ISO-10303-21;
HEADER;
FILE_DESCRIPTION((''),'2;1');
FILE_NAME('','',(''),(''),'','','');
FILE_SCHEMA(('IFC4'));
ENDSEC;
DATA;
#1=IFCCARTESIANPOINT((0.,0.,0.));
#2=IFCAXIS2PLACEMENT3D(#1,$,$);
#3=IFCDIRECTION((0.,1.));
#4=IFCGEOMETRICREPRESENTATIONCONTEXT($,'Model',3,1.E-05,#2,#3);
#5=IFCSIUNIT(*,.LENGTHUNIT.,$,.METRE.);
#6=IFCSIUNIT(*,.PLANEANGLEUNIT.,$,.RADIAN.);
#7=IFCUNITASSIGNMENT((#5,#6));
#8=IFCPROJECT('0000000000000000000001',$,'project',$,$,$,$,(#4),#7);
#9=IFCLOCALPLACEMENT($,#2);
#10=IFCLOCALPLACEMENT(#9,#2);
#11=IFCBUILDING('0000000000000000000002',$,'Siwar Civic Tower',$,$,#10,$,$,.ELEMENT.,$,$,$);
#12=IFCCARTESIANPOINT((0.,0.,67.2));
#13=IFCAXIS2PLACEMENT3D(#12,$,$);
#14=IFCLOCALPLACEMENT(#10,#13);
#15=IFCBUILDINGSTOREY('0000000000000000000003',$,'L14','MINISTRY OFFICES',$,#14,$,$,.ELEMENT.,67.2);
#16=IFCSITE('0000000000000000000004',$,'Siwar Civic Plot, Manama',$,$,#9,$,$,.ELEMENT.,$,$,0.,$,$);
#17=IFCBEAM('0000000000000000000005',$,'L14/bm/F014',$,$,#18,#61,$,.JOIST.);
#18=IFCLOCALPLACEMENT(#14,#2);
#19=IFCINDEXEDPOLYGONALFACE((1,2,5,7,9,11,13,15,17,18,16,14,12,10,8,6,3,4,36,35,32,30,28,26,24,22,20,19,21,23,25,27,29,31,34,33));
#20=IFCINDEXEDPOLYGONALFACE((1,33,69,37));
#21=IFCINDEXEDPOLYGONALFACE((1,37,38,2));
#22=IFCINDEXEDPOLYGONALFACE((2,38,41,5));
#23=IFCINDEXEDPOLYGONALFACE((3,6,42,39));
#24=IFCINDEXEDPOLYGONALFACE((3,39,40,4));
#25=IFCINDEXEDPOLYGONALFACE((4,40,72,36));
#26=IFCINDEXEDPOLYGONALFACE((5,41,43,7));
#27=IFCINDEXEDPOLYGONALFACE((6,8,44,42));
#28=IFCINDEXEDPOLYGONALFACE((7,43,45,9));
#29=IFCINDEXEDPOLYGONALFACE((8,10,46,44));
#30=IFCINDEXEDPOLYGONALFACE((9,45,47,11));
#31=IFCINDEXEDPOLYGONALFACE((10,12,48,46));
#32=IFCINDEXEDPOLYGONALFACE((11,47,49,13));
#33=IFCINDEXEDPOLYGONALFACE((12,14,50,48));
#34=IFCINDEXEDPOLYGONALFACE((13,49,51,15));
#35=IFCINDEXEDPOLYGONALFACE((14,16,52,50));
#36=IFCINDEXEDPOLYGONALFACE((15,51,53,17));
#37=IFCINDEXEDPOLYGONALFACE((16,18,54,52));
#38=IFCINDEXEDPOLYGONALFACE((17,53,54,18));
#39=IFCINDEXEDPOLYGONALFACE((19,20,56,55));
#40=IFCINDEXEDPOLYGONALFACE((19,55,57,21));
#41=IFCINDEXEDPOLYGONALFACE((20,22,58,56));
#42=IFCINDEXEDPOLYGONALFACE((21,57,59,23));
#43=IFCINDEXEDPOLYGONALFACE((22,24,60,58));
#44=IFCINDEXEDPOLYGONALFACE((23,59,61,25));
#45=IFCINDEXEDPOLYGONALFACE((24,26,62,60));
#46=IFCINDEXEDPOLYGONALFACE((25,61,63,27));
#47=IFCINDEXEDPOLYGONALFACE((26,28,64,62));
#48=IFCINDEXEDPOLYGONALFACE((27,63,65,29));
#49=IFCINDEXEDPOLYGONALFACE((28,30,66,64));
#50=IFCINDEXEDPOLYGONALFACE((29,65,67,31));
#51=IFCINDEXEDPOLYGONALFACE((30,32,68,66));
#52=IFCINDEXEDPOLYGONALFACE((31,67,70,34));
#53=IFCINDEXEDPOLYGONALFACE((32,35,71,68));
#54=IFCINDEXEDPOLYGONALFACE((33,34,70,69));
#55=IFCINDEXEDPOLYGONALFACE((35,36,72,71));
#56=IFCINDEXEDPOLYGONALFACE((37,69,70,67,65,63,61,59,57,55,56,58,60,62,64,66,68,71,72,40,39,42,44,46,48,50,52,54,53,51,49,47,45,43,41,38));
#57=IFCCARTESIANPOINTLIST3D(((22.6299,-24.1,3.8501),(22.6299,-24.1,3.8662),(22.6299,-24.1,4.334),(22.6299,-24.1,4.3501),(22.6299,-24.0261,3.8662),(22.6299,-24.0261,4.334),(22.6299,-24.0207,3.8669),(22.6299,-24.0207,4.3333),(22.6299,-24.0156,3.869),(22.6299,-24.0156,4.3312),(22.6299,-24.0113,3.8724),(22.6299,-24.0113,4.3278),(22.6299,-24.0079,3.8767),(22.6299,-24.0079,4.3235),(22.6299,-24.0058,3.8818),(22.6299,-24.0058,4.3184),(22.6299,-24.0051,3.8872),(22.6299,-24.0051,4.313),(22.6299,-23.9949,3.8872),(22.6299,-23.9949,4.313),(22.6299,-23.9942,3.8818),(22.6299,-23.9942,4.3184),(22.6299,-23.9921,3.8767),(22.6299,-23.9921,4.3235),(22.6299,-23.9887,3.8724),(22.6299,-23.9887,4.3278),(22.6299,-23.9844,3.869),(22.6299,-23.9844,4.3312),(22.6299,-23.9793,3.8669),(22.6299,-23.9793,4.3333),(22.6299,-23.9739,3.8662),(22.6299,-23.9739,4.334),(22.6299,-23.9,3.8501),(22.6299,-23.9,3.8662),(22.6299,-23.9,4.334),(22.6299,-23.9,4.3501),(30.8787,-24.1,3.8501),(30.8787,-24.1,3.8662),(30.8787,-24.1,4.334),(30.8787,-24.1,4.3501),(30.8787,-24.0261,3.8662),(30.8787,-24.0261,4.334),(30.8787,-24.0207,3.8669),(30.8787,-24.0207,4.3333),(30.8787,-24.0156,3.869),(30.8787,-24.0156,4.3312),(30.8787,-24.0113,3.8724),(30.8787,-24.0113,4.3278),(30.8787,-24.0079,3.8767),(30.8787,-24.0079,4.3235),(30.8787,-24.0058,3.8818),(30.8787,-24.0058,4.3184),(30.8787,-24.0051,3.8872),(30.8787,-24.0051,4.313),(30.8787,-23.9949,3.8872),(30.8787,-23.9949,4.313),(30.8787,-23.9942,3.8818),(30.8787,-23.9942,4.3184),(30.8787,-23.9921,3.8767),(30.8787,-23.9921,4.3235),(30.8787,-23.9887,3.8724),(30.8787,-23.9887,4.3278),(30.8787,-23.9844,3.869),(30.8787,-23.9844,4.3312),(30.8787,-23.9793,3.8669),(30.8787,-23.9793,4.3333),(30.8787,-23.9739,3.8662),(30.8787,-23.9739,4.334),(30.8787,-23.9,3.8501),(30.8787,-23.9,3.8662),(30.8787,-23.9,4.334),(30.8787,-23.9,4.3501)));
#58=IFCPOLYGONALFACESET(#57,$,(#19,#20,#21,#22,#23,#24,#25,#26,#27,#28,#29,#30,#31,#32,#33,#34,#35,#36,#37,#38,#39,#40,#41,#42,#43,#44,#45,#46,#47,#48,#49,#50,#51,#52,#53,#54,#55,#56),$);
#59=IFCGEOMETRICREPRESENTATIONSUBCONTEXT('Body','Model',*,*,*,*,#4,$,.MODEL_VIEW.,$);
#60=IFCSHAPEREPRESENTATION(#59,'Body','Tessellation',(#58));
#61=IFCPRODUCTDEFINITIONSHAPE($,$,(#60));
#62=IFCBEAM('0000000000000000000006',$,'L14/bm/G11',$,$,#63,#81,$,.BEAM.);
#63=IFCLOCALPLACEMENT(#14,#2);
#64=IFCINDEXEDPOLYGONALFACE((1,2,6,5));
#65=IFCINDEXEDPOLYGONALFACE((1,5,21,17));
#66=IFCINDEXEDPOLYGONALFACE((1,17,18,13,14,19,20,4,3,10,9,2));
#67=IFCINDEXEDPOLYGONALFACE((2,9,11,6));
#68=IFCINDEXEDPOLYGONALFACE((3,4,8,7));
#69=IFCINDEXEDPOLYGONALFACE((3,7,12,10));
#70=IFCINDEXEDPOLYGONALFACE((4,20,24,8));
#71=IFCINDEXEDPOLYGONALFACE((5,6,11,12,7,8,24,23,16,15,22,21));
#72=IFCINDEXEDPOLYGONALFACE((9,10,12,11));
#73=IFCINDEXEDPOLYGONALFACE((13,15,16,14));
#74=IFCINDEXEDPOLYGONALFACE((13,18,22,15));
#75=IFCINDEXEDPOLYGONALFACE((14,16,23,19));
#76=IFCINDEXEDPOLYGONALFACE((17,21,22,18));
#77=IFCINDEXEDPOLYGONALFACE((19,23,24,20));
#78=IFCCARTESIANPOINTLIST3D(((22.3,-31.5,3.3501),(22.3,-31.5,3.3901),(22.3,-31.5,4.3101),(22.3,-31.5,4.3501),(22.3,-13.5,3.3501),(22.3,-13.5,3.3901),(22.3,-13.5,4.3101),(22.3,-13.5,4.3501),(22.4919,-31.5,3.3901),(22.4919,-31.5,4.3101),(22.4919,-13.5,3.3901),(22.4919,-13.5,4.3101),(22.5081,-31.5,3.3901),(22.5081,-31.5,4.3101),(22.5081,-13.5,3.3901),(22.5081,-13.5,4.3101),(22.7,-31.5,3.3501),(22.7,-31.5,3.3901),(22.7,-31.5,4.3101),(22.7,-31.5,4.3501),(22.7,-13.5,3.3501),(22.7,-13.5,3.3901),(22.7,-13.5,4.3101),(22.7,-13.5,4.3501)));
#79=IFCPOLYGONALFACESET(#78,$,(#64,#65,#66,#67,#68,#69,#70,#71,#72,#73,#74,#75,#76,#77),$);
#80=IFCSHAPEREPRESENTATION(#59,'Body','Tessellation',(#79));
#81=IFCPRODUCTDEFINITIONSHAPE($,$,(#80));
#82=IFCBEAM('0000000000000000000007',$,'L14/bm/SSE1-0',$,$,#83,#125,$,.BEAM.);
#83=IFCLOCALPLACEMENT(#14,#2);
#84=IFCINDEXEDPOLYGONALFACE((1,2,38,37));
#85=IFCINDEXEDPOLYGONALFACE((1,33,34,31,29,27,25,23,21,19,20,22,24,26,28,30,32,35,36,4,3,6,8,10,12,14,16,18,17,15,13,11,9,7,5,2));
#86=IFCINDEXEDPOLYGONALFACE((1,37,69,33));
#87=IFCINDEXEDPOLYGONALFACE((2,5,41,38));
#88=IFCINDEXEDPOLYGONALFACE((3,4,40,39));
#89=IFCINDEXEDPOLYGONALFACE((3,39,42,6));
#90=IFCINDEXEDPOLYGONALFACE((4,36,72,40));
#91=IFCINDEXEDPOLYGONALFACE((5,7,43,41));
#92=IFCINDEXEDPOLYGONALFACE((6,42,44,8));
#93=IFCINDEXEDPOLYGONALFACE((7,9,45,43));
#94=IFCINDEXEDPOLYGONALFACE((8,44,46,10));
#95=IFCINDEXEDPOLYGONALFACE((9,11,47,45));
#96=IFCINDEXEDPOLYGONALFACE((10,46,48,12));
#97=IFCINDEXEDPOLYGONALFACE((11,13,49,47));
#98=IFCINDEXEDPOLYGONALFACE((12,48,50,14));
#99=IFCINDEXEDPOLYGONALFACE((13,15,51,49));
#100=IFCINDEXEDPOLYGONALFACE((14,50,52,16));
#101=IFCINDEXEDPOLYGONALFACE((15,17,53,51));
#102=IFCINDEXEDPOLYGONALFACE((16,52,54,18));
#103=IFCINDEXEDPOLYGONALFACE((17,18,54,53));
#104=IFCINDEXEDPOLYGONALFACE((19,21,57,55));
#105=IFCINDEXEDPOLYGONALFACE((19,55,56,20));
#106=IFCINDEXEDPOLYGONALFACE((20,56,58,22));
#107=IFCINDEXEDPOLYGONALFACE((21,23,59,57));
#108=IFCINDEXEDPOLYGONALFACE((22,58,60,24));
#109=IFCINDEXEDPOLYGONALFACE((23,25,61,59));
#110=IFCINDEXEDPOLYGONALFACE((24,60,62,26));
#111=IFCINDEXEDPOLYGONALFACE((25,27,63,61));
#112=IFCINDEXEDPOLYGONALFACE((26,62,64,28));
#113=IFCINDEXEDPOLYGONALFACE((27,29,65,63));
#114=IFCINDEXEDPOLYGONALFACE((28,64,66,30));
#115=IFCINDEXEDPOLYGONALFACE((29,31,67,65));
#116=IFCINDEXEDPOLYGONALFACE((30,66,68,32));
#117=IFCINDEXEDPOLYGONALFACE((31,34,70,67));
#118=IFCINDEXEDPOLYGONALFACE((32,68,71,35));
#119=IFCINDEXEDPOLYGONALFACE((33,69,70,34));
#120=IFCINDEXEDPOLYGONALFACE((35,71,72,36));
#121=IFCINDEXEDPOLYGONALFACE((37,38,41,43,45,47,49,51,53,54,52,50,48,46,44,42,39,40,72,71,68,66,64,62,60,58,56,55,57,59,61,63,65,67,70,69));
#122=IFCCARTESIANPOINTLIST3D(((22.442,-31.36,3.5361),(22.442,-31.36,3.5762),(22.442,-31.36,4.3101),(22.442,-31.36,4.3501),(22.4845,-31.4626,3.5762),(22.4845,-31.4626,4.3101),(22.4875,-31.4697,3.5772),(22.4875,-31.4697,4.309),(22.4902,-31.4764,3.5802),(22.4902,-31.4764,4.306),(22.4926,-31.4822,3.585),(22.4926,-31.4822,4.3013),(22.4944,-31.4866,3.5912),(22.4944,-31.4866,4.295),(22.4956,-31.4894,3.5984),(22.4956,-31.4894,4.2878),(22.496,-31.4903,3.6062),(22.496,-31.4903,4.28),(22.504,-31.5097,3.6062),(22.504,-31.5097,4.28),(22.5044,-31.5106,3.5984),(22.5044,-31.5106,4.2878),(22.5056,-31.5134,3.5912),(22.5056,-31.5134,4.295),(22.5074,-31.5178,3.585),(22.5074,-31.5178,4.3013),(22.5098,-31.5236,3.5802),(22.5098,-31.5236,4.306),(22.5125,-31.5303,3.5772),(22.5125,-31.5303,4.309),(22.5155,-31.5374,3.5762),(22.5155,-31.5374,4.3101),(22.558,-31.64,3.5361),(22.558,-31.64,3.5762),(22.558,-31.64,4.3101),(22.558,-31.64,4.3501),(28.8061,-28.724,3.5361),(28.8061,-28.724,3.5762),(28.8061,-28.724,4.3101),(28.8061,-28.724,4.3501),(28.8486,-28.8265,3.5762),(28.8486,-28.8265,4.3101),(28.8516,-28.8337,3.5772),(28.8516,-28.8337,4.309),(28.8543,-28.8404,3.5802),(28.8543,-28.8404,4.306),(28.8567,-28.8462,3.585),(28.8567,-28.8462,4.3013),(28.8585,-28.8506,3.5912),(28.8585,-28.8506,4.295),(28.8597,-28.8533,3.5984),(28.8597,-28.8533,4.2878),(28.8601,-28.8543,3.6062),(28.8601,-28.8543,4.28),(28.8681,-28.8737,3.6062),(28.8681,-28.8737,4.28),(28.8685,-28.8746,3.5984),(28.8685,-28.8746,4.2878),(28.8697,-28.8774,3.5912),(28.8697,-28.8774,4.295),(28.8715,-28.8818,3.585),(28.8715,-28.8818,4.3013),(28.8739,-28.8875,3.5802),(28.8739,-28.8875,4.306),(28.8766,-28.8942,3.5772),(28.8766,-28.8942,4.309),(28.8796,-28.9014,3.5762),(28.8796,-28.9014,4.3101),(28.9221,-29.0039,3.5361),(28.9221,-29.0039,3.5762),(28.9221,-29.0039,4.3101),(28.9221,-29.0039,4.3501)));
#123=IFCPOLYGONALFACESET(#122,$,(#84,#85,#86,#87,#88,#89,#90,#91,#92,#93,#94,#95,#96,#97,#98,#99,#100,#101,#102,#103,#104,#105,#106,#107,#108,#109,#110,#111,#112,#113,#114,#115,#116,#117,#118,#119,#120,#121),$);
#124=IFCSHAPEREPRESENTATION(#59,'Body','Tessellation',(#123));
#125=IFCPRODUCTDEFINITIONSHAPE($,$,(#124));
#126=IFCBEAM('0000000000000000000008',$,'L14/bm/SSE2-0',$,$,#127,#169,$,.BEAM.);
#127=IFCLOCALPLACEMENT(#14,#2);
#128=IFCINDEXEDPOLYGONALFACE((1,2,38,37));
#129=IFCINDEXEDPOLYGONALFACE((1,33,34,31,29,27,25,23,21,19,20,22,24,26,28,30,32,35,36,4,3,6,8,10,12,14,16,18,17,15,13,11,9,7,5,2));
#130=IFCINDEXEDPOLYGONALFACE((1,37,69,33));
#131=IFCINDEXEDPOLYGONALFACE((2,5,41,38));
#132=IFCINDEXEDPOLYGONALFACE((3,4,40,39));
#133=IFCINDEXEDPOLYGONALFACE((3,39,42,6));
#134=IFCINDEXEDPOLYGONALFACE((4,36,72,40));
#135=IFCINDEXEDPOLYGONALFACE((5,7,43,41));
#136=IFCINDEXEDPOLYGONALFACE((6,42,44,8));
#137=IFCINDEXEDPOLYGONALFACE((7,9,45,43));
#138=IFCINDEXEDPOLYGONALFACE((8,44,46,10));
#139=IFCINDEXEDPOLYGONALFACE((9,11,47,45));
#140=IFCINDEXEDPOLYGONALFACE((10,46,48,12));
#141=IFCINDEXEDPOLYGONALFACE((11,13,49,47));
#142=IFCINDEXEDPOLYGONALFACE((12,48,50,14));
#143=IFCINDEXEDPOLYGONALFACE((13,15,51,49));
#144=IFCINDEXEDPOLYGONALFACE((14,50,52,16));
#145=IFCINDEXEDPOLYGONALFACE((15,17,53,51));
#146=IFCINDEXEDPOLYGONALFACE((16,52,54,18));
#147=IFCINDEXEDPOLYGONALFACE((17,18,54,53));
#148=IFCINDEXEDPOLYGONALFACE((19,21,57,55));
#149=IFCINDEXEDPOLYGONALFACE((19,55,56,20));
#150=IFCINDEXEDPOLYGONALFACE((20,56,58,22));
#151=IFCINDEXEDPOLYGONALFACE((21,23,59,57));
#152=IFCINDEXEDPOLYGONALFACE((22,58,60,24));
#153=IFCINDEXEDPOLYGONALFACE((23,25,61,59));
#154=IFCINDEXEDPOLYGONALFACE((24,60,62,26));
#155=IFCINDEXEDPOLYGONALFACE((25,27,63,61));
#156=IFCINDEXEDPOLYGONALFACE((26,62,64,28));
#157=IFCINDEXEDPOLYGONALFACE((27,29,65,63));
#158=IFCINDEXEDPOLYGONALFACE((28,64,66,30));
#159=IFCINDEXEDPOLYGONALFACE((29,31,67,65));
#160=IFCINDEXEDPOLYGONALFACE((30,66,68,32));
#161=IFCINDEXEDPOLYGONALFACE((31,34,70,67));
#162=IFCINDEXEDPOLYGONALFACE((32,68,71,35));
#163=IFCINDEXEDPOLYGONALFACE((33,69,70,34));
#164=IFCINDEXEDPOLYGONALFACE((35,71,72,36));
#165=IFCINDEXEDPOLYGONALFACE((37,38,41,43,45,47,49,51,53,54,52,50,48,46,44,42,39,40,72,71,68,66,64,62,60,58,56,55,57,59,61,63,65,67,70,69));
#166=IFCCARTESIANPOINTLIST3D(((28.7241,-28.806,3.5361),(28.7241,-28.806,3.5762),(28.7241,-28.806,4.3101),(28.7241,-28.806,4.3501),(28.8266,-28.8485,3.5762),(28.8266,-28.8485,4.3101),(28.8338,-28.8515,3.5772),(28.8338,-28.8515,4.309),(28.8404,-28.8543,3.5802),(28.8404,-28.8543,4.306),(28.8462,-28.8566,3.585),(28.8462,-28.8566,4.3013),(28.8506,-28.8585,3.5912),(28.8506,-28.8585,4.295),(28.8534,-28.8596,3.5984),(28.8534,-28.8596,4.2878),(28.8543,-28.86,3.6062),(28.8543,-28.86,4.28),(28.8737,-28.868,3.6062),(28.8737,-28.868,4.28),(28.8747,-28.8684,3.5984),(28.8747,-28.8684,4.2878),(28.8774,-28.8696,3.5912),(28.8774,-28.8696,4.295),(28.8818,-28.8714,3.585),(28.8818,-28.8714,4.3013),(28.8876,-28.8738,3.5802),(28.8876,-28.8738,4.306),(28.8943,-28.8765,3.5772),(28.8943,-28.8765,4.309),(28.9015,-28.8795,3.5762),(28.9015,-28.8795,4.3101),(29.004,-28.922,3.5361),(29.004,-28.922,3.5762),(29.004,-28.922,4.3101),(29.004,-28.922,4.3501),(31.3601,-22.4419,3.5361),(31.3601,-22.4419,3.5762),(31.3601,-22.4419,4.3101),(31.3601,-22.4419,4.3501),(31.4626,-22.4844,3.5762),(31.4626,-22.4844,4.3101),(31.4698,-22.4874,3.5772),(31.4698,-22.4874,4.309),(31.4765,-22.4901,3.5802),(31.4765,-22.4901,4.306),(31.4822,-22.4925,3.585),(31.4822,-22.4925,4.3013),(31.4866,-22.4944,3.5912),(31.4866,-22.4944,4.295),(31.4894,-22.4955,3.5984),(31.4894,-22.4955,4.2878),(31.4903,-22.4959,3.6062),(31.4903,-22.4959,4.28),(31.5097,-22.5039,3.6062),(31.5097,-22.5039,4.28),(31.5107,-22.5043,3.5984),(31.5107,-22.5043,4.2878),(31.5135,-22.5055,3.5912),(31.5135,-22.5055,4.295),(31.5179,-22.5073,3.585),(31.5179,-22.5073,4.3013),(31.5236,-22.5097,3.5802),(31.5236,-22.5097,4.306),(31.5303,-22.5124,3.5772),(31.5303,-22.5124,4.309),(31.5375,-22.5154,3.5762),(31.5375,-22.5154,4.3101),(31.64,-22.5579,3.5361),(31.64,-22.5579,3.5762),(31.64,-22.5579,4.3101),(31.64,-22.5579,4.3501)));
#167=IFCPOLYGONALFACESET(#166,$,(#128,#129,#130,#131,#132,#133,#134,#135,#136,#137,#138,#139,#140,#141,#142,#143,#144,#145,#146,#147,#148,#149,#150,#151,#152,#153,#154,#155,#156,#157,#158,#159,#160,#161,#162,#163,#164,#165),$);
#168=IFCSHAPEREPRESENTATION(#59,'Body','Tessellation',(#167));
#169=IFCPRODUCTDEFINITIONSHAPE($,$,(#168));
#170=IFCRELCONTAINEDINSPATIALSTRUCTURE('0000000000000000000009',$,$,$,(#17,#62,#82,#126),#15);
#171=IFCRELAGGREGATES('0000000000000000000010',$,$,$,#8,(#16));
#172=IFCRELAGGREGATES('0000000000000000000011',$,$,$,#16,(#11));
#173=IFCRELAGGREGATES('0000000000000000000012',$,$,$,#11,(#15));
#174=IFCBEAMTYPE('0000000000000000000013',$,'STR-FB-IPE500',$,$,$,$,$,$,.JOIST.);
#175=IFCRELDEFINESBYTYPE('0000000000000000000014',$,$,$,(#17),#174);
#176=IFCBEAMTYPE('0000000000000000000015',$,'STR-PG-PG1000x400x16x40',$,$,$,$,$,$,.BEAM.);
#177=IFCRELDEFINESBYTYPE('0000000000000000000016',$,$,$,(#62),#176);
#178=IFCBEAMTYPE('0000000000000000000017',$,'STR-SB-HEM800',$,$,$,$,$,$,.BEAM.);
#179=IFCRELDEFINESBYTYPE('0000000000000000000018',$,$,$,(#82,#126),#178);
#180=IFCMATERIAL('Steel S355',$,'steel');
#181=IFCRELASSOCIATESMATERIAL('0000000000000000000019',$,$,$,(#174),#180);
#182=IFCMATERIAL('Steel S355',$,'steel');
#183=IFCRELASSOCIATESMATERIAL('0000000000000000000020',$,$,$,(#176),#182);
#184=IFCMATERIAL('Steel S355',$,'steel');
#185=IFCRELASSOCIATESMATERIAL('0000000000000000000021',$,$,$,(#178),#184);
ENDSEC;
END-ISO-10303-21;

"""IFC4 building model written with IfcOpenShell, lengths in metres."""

from ifc_helpers import new_model, si_unit, direction, frame, origin, origin_2d, place, context, subcontext, project, spatial, i_section, extrude, material, material_profile, profile_set, type_object, element, save


model = new_model("IFC4")

# Units and contexts
model_context = context("Model", 3, precision=1e-05, world=origin(), true_north=direction((0.0, 1.0)))
body_context = subcontext(model_context, "Body", "Model", "MODEL_VIEW")
ifc_project = project(units=[si_unit("LENGTHUNIT", "METRE"), si_unit("PLANEANGLEUNIT", "RADIAN")], contexts=[model_context])

# Site, building, storey
site_placement = place(None, origin())
site = spatial("IfcSite", under=ifc_project, at=site_placement, Name="Siwar Civic Plot, Manama", CompositionType="ELEMENT", RefElevation=0.0)
building_placement = place(site_placement, origin())
building = spatial("IfcBuilding", under=site, at=building_placement, Name="Siwar Civic Tower", CompositionType="ELEMENT")
storey_placement = place(building_placement, frame((0.0, 0.0, 67.2)))
storey = spatial("IfcBuildingStorey", under=building, at=storey_placement, Name="L14", Description="MINISTRY OFFICES", CompositionType="ELEMENT", Elevation=67.2)

# Beams
ifc_material_1 = material(Name="Steel S355", Category="steel")
ifc_material_profile_1 = material_profile(ifc_material_1, i_section(OverallWidth=0.2, OverallDepth=0.5, WebThickness=0.0103, FlangeThickness=0.0161, FilletRadius=0.021, at=origin_2d()), Name="IPE500")
ifc_profile_set_1 = profile_set([ifc_material_profile_1], Name="Steel S355")
beam_type_1 = type_object("IfcBeamType", Name="STR-FB-IPE500", PredefinedType="JOIST", material=ifc_profile_set_1)
beam_1_placement = place(storey_placement, frame((22.6299, -24.0, 4.1001), z_axis=(1.0, 0.0, 0.0), x_axis=(0.0, 1.0, 0.0)))
element("IfcBeam", 1, at=beam_1_placement, inside=storey, type_object=beam_type_1, Name="L14/bm/F014", PredefinedType="JOIST", context=body_context, shape_type="SweptSolid", body=[
    extrude(i_section(OverallWidth=0.2, OverallDepth=0.5, WebThickness=0.0103, FlangeThickness=0.0161, FilletRadius=0.021, at=origin_2d()), origin(), (0.0, 0.0, 1.0), 8.2488),
])
ifc_material_2 = material(Name="Steel S355", Category="steel")
ifc_material_profile_2 = material_profile(ifc_material_2, i_section(OverallWidth=0.3999, OverallDepth=1.0, WebThickness=0.0161, FlangeThickness=0.04, at=origin_2d()), Name="PG1000x400x16x40")
ifc_profile_set_2 = profile_set([ifc_material_profile_2], Name="Steel S355")
beam_type_2 = type_object("IfcBeamType", Name="STR-PG-PG1000x400x16x40", PredefinedType="BEAM", material=ifc_profile_set_2)
beam_2_placement = place(storey_placement, frame((22.5, -31.5, 3.8501), z_axis=(0.0, 1.0, 0.0), x_axis=(-1.0, 0.0, 0.0)))
element("IfcBeam", 2, at=beam_2_placement, inside=storey, type_object=beam_type_2, Name="L14/bm/G11", PredefinedType="BEAM", context=body_context, shape_type="SweptSolid", body=[
    extrude(i_section(OverallWidth=0.3999, OverallDepth=1.0, WebThickness=0.0161, FlangeThickness=0.04, at=origin_2d()), origin(), (0.0, 0.0, 1.0), 18.0),
])
ifc_material_3 = material(Name="Steel S355", Category="steel")
ifc_material_profile_3 = material_profile(ifc_material_3, i_section(OverallWidth=0.303, OverallDepth=0.814, WebThickness=0.021, FlangeThickness=0.04, FilletRadius=0.03, at=origin_2d()), Name="HEM800")
ifc_profile_set_3 = profile_set([ifc_material_profile_3], Name="Steel S355")
beam_type_3 = type_object("IfcBeamType", Name="STR-SB-HEM800", PredefinedType="BEAM", material=ifc_profile_set_3)
for number, where, z_axis, x_axis, name in (
    (3, (22.5, -31.5, 3.9431), (0.923883, 0.382674, 0.0), (-0.382674, 0.923883, 0.0), "L14/bm/SSE1-0"),
    (4, (28.864, -28.864, 3.9431), (0.382674, 0.923883, 0.0), (-0.923883, 0.382674, 0.0), "L14/bm/SSE2-0"),
):
    element("IfcBeam", number, at=place(storey_placement, frame(where, z_axis=z_axis, x_axis=x_axis)), inside=storey, type_object=beam_type_3, Name=name, PredefinedType="BEAM", context=body_context, shape_type="SweptSolid", body=[
        extrude(i_section(OverallWidth=0.303, OverallDepth=0.814, WebThickness=0.021, FlangeThickness=0.04, FilletRadius=0.03, at=origin_2d()), origin(), (0.0, 0.0, 1.0), 6.8884),
    ])

save(model, "model.ifc")
